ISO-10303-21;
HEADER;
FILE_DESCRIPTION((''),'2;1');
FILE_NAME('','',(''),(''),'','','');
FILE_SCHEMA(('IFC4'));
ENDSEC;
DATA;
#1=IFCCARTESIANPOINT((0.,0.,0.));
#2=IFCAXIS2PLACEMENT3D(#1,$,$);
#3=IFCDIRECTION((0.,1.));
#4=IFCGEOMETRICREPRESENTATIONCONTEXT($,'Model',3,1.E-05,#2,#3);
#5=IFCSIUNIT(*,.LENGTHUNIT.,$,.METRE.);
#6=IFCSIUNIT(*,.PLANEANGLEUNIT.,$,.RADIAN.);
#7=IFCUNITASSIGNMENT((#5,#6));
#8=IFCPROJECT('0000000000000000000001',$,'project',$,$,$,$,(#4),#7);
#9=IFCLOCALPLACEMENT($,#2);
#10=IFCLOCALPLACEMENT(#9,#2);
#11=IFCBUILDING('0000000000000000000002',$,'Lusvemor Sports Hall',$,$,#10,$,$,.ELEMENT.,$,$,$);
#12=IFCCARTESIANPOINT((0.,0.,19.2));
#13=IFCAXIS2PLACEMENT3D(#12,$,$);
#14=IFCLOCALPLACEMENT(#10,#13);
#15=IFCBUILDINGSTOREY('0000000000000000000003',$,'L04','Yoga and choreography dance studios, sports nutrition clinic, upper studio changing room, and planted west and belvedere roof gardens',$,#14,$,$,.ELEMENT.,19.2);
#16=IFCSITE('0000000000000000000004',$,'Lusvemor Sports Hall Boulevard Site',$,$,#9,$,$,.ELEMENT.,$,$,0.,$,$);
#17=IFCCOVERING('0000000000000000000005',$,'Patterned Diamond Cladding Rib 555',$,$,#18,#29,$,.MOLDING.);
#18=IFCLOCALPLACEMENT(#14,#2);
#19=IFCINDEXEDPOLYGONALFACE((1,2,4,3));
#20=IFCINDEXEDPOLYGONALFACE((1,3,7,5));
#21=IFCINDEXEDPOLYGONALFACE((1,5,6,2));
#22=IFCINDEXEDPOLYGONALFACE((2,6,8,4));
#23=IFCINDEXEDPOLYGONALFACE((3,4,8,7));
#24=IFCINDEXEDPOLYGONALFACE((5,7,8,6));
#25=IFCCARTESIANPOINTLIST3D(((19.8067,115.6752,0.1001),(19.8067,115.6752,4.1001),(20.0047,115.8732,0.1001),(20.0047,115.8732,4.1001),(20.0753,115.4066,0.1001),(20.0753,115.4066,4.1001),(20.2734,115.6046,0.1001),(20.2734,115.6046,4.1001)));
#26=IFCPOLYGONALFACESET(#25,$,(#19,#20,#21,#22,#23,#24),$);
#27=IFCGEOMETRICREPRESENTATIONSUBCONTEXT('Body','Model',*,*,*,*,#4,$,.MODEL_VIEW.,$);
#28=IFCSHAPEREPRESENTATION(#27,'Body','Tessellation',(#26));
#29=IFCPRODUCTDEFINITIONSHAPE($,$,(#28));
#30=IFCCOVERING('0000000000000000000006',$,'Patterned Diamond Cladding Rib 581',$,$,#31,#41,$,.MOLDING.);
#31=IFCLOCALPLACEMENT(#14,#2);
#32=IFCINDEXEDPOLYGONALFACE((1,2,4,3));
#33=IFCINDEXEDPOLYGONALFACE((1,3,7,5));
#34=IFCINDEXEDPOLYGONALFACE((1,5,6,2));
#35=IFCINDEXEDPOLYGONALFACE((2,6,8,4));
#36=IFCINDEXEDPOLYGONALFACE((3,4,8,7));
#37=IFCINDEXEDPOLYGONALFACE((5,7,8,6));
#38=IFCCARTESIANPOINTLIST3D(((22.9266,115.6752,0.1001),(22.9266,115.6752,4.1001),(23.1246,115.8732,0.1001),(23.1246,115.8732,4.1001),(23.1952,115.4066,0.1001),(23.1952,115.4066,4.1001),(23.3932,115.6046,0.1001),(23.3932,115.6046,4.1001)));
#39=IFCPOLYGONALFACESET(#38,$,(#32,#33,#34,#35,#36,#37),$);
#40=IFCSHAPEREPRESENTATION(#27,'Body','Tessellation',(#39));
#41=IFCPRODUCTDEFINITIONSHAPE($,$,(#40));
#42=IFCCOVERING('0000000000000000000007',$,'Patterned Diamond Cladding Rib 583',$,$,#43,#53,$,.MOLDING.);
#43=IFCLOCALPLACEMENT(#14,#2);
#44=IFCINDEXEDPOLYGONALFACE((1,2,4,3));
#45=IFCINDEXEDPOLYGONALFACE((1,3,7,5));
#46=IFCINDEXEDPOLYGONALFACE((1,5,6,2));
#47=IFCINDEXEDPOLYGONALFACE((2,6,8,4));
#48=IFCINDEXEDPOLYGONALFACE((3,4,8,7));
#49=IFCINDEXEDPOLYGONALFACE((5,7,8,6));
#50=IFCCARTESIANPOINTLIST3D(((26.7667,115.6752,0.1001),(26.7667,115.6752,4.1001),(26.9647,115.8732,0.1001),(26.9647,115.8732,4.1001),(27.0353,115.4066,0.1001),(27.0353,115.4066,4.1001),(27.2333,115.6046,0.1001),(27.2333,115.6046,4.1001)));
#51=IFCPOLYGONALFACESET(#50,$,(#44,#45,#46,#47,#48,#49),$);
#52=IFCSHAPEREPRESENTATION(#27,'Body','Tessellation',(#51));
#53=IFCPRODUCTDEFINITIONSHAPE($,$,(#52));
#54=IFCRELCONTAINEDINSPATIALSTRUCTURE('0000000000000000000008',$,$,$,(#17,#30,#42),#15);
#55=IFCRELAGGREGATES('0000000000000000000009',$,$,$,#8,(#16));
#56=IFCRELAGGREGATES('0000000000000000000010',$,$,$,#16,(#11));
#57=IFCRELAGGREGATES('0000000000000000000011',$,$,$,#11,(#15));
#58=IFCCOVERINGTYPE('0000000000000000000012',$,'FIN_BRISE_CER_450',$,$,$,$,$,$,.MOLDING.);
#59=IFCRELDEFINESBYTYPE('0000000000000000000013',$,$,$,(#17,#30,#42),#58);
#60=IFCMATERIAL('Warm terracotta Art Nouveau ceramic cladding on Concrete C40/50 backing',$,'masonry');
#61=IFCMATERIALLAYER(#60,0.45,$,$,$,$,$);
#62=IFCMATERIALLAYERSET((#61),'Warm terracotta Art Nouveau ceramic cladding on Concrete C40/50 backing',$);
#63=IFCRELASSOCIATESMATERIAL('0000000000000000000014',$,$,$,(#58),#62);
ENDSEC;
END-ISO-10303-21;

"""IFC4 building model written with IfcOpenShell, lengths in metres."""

from ifc_helpers import new_model, si_unit, direction, frame, origin, origin_2d, place, context, subcontext, project, spatial, rectangle, extrude, material, layer, layer_set, type_object, element, save


model = new_model("IFC4")

# Units and contexts
model_context = context("Model", 3, precision=1e-05, world=origin(), true_north=direction((0.0, 1.0)))
body_context = subcontext(model_context, "Body", "Model", "MODEL_VIEW")
ifc_project = project(units=[si_unit("LENGTHUNIT", "METRE"), si_unit("PLANEANGLEUNIT", "RADIAN")], contexts=[model_context])

# Site, building, storey
site_placement = place(None, origin())
site = spatial("IfcSite", under=ifc_project, at=site_placement, Name="Lusvemor Sports Hall Boulevard Site", CompositionType="ELEMENT", RefElevation=0.0)
building_placement = place(site_placement, origin())
building = spatial("IfcBuilding", under=site, at=building_placement, Name="Lusvemor Sports Hall", CompositionType="ELEMENT")
storey_placement = place(building_placement, frame((0.0, 0.0, 19.2)))
storey = spatial("IfcBuildingStorey", under=building, at=storey_placement, Name="L04", Description="Yoga and choreography dance studios, sports nutrition clinic, upper studio changing room, and planted west and belvedere roof gardens", CompositionType="ELEMENT", Elevation=19.2)

# Coverings
ifc_material_1 = material(Name="Warm terracotta Art Nouveau ceramic cladding on Concrete C40/50 backing", Category="masonry")
ifc_layer_1 = layer(ifc_material_1, 0.45)
ifc_layer_set_1 = layer_set([ifc_layer_1], Name="Warm terracotta Art Nouveau ceramic cladding on Concrete C40/50 backing")
covering_type_1 = type_object("IfcCoveringType", Name="FIN_BRISE_CER_450", PredefinedType="MOLDING", material=ifc_layer_set_1)
for number, where, z_axis, x_axis, name in (
    (1, (20.04, 115.6399, 0.1001), (0.0, 0.0, 1.0), (0.707107, 0.707107, 0.0), "Patterned Diamond Cladding Rib 555"),
    (2, (23.1599, 115.6399, 0.1001), (0.0, 0.0, 1.0), (0.707107, 0.707107, 0.0), "Patterned Diamond Cladding Rib 581"),
    (3, (27.0, 115.6399, 0.1001), (0.0, 0.0, 1.0), (0.707107, 0.707107, 0.0), "Patterned Diamond Cladding Rib 583"),
):
    element("IfcCovering", number, at=place(storey_placement, frame(where, z_axis=z_axis, x_axis=x_axis)), inside=storey, type_object=covering_type_1, Name=name, PredefinedType="MOLDING", context=body_context, shape_type="SweptSolid", body=[
        extrude(rectangle(XDim=0.28, YDim=0.3799, at=origin_2d()), origin(), (0.0, 0.0, 1.0), 4.0),
    ])

save(model, "model.ifc")
